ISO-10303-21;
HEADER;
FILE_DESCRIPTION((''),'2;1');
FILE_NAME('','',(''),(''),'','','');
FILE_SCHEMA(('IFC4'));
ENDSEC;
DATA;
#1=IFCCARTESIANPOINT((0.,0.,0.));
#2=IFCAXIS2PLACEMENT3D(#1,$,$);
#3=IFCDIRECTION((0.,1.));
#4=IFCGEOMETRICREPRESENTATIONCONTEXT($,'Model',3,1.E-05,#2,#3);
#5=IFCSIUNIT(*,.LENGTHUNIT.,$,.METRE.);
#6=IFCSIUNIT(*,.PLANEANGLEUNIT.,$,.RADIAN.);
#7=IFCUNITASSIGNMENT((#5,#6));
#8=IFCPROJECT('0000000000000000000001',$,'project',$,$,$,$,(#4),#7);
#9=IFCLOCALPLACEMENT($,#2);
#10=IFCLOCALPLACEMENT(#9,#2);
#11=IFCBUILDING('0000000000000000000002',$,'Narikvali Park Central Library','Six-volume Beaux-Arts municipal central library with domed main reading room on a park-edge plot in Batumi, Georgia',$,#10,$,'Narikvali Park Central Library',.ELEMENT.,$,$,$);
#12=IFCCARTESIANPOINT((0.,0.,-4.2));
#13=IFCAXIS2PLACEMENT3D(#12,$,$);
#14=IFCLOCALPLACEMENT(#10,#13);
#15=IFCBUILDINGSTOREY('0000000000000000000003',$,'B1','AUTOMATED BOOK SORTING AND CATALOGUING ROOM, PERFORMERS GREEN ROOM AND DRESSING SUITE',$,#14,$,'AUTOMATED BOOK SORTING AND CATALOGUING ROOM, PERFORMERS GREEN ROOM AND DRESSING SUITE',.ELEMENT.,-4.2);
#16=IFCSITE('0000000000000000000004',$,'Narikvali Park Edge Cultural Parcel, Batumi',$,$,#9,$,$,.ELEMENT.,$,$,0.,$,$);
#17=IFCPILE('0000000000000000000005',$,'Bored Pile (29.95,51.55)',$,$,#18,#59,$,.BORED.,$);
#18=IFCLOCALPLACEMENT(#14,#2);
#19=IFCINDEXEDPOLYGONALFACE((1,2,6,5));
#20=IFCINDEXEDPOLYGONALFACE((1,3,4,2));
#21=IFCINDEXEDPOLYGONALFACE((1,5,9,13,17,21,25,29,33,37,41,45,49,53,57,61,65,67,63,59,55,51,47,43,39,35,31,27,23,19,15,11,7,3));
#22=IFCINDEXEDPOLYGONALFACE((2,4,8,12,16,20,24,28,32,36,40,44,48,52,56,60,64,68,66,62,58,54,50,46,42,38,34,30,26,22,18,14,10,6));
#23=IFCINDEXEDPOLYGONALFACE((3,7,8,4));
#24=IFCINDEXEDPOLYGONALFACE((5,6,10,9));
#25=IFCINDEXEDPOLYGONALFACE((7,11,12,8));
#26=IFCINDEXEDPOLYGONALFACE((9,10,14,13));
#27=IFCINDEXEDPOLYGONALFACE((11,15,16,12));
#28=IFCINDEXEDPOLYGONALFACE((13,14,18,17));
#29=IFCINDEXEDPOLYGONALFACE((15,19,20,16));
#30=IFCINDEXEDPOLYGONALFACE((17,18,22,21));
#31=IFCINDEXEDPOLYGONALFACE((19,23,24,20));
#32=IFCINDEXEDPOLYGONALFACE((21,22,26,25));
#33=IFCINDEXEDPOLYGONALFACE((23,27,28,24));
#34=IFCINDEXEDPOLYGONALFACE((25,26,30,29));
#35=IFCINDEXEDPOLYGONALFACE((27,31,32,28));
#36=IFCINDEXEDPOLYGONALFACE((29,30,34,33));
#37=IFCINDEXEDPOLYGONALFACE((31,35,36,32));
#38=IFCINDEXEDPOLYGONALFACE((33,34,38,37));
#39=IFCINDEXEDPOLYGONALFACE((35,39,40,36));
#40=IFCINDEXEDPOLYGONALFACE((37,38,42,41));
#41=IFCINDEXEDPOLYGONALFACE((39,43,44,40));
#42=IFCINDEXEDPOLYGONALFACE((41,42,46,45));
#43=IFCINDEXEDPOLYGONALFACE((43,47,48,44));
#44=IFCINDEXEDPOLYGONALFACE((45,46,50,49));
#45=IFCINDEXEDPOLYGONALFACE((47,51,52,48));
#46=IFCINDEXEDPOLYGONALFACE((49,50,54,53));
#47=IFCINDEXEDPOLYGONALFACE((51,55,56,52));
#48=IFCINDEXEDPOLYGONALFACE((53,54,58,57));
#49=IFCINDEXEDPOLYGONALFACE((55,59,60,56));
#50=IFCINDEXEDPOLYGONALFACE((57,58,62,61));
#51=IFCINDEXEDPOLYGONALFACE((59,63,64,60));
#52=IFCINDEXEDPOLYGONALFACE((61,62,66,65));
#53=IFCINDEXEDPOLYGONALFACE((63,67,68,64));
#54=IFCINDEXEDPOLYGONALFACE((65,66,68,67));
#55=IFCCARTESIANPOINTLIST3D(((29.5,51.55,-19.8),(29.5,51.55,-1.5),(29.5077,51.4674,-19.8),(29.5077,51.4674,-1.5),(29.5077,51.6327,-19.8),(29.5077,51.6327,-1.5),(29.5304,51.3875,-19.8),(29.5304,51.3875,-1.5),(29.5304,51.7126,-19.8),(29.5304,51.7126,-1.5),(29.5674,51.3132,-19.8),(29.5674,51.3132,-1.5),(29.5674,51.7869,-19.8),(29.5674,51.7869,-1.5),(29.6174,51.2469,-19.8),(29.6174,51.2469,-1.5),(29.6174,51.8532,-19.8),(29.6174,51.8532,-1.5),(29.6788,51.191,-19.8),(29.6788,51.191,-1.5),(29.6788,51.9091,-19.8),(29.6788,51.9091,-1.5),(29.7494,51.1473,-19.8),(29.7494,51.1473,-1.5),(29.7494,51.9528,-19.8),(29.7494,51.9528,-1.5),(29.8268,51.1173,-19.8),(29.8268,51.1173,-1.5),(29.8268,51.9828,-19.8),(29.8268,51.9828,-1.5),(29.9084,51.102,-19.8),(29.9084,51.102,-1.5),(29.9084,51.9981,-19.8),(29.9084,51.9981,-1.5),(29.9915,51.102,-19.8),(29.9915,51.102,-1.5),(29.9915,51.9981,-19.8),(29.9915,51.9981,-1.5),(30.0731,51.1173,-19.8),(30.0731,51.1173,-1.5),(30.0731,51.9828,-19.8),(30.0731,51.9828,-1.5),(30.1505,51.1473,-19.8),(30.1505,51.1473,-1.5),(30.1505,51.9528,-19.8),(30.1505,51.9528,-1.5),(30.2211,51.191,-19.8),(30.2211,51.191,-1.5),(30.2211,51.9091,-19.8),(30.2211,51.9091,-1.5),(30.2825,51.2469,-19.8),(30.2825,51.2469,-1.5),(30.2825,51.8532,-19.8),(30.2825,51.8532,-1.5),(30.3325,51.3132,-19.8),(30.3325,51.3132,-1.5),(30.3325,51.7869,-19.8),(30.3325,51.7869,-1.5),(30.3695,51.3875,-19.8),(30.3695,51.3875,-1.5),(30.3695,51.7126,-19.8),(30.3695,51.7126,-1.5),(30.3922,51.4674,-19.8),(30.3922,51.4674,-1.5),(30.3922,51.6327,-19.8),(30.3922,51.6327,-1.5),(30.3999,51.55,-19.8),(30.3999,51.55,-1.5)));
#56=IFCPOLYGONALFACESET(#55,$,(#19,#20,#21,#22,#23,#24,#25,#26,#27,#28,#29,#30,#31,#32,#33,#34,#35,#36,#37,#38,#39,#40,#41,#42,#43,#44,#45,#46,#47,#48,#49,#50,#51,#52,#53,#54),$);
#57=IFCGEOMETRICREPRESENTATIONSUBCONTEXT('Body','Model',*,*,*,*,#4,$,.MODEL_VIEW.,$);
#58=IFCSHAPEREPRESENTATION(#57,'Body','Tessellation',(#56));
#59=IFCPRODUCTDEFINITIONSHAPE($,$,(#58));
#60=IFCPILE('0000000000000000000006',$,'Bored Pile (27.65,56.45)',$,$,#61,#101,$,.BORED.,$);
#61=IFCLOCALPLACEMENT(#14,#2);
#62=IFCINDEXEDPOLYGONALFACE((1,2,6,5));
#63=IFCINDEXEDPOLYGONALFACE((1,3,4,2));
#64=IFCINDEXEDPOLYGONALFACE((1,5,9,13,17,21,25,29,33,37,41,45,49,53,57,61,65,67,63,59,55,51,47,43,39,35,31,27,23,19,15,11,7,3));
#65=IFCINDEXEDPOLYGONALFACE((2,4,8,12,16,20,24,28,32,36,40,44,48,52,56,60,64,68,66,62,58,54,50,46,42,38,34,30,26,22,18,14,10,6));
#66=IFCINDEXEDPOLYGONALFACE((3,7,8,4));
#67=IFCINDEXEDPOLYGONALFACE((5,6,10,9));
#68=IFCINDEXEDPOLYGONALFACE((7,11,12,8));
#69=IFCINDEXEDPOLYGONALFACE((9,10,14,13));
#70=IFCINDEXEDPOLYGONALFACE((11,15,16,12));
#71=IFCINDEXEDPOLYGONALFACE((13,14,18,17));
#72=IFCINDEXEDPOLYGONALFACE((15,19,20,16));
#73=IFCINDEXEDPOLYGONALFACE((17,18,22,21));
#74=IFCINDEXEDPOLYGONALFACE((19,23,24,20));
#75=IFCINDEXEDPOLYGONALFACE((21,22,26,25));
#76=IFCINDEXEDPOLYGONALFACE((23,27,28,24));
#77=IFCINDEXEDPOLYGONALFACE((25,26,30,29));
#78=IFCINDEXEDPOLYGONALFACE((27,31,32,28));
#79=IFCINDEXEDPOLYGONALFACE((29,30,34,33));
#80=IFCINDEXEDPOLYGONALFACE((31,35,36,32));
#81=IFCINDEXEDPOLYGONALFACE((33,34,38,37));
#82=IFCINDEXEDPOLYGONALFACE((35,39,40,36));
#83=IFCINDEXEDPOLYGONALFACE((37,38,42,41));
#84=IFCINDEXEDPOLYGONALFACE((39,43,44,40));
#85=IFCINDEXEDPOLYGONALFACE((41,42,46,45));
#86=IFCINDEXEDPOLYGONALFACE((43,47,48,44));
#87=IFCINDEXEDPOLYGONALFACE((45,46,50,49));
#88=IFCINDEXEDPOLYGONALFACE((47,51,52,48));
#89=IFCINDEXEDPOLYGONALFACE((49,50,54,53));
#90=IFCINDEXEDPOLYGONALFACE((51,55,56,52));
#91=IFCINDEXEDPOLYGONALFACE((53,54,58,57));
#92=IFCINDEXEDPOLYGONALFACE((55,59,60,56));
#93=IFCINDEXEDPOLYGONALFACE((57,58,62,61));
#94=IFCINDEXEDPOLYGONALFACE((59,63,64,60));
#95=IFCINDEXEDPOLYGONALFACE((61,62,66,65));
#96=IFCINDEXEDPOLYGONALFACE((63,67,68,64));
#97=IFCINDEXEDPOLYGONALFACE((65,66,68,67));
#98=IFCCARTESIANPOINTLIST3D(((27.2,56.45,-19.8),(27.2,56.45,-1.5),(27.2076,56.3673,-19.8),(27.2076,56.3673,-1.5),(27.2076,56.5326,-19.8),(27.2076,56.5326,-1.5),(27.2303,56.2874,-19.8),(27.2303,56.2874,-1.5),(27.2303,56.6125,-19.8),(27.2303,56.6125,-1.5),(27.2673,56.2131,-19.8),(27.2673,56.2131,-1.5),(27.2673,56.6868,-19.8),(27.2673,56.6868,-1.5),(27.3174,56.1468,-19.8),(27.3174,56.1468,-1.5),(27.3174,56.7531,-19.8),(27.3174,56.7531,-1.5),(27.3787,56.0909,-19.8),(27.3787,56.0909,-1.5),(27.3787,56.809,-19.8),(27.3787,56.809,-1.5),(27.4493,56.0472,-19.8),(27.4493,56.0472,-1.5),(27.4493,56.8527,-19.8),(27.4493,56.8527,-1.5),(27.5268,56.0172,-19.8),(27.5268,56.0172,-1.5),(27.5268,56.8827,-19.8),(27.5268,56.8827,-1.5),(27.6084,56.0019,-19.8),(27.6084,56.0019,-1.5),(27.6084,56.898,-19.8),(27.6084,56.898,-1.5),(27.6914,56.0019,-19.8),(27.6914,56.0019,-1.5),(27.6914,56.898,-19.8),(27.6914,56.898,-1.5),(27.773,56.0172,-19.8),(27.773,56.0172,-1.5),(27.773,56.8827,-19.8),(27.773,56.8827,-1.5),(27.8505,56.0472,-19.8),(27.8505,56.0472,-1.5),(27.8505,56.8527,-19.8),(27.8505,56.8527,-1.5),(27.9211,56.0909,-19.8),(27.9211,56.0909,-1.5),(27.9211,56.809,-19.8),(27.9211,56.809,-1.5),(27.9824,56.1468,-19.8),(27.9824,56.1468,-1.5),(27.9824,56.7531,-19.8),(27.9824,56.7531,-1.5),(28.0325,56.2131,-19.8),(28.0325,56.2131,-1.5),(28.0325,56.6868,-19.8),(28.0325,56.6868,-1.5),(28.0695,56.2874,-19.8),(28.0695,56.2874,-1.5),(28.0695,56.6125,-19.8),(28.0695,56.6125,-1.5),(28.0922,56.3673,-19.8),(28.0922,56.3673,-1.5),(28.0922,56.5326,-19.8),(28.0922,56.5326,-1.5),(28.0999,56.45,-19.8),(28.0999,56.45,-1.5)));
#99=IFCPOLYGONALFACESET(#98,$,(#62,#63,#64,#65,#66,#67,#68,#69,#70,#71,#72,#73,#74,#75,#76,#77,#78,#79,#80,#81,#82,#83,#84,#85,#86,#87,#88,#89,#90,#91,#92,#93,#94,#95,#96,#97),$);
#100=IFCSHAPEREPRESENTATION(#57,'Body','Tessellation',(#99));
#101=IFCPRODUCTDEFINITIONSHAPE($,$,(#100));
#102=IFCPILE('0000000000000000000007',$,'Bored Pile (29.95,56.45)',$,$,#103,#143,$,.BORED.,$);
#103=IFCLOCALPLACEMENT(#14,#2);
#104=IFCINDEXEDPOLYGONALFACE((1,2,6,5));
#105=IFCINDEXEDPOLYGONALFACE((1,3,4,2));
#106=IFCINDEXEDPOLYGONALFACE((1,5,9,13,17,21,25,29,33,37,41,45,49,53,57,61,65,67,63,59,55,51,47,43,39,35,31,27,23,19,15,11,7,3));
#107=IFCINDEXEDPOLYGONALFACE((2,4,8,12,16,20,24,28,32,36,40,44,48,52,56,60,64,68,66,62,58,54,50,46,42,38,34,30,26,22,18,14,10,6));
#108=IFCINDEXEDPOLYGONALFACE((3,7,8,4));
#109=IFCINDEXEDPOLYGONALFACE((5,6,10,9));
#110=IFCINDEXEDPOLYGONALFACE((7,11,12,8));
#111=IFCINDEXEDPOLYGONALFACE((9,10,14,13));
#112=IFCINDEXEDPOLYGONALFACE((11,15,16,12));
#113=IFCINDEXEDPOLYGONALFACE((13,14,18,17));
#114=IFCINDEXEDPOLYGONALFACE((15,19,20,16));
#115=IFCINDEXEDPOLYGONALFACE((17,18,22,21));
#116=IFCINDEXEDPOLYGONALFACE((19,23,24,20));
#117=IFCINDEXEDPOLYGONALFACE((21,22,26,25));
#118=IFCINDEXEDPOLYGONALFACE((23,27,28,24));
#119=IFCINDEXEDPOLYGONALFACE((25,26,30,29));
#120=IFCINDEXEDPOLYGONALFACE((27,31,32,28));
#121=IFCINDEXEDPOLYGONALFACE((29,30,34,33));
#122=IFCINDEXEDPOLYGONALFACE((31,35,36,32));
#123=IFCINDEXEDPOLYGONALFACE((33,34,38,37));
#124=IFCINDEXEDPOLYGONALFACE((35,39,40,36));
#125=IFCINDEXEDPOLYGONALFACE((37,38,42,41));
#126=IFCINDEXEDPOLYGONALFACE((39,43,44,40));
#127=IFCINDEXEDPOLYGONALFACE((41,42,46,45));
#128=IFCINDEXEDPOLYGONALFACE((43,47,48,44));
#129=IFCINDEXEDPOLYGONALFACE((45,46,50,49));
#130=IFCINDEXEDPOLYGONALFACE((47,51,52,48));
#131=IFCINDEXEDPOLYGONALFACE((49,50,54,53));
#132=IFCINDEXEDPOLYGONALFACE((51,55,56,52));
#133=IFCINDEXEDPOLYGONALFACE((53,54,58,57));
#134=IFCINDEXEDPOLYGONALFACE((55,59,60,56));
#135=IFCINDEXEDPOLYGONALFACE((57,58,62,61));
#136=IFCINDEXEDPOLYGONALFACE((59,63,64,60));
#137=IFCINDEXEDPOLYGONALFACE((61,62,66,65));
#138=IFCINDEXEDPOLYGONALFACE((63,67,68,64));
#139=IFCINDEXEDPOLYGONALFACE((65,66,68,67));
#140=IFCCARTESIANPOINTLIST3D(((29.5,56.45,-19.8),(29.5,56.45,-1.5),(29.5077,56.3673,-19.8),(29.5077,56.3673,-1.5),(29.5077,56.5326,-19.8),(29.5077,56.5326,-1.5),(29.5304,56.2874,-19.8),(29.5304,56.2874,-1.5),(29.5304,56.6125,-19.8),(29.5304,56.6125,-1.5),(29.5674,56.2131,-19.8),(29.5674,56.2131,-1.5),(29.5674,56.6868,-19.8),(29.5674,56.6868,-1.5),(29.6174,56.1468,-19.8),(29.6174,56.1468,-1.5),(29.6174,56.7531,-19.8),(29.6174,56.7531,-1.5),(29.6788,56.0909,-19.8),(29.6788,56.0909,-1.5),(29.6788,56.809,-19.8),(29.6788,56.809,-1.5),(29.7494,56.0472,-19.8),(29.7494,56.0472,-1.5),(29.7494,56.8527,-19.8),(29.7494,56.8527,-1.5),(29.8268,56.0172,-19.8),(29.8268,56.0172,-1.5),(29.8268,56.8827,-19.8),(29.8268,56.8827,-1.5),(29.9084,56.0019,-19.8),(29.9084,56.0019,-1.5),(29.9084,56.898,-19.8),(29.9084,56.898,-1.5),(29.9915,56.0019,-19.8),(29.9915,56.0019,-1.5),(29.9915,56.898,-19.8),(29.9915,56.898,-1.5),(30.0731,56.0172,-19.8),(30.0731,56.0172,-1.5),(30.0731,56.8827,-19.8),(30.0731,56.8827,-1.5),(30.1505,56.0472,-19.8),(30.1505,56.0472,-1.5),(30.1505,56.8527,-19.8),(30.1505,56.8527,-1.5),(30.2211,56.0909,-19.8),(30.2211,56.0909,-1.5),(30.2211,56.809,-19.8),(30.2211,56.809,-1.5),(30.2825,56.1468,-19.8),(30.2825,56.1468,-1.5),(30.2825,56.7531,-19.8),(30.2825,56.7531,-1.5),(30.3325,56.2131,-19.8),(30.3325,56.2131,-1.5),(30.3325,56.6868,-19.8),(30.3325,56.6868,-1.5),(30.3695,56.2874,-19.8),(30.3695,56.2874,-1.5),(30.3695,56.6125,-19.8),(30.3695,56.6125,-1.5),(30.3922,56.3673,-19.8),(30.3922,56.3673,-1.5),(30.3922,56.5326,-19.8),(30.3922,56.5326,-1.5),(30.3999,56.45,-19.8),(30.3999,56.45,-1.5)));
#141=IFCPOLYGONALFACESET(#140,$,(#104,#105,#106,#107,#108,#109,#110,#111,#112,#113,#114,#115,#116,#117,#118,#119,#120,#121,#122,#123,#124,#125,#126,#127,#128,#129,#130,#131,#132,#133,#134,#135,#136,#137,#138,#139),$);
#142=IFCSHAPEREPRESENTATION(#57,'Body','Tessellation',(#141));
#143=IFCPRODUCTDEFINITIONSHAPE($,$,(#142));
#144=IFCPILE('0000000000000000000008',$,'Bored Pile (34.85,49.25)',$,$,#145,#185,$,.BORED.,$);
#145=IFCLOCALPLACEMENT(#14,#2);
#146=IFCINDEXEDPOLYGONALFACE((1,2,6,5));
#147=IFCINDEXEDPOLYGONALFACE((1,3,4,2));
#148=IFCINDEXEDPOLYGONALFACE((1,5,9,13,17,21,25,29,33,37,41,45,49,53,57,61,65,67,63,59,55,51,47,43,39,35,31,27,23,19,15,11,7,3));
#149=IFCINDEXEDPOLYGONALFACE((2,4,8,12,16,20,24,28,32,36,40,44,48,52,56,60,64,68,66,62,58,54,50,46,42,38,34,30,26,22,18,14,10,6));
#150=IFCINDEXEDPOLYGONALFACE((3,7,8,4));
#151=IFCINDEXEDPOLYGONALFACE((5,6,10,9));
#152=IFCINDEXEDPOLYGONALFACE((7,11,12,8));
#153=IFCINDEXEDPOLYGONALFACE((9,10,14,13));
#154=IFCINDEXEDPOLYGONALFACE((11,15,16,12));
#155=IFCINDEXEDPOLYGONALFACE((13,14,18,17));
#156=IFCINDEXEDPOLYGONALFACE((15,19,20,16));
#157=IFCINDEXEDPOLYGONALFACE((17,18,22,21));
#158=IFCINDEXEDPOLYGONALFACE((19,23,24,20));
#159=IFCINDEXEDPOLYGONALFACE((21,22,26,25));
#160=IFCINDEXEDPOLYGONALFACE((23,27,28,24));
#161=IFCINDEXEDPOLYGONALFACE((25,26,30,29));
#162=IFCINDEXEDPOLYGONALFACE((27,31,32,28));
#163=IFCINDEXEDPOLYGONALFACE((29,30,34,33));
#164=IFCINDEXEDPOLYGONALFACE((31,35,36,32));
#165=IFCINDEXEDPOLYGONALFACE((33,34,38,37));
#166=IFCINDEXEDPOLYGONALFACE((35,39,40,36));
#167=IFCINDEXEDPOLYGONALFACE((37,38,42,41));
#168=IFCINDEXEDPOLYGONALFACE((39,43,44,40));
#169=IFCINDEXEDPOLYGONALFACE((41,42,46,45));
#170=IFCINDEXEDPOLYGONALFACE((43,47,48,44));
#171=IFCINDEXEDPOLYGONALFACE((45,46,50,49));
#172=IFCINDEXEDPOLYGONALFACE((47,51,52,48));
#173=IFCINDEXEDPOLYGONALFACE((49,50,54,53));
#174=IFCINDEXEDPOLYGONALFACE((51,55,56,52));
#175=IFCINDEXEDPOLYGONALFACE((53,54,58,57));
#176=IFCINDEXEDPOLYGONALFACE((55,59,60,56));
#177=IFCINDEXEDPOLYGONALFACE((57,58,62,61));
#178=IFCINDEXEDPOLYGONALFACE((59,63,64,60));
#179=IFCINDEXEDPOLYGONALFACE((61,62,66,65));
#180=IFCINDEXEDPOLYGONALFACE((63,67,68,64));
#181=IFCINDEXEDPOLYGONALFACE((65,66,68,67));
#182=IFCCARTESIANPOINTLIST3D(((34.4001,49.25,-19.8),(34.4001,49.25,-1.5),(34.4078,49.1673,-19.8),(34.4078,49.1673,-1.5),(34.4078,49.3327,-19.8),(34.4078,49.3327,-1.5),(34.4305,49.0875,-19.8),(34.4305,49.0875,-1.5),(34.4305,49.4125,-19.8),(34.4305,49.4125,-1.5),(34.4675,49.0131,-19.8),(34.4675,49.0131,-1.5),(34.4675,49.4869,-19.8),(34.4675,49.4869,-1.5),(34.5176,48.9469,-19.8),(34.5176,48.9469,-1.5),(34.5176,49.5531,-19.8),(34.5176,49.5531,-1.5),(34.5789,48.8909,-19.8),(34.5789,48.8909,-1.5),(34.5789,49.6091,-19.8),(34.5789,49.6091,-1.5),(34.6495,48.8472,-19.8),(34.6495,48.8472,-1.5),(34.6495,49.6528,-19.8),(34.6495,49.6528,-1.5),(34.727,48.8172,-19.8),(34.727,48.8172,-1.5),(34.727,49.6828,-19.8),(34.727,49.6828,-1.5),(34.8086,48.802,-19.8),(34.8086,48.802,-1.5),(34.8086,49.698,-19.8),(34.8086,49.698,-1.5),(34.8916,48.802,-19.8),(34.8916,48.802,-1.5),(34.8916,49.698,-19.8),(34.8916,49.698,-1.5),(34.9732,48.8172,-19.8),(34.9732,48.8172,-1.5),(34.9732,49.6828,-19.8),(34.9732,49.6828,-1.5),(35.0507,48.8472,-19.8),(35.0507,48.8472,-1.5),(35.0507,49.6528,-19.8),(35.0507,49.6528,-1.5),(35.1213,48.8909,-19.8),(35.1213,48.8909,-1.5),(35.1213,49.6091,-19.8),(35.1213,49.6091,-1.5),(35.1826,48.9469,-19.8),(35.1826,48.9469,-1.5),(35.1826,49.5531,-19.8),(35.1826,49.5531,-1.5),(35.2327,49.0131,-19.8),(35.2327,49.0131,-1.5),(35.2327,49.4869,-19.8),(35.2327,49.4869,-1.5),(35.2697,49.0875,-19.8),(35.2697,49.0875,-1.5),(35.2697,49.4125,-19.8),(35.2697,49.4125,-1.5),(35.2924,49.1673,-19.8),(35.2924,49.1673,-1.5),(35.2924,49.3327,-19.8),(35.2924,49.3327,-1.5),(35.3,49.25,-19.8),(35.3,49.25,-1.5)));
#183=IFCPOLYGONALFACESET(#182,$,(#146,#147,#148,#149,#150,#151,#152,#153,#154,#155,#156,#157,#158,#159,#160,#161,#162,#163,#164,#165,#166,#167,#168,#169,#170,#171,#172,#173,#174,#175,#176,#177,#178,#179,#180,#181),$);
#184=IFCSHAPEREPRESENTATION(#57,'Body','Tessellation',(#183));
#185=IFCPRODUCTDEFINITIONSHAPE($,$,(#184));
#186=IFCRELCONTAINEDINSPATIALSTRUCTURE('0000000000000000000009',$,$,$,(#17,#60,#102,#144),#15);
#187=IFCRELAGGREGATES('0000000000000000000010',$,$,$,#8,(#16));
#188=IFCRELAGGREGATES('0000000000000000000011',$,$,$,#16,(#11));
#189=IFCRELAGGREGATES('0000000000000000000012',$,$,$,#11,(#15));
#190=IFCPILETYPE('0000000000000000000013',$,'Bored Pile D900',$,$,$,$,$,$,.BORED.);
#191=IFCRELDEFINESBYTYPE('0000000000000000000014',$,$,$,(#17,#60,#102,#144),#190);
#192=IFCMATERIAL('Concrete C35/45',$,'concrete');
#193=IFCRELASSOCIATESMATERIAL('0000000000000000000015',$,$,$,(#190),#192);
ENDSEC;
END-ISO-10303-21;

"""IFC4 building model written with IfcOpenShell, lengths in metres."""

from ifc_helpers import new_model, si_unit, direction, frame, origin, origin_2d, place, context, subcontext, project, spatial, circle, extrude, material, material_profile, profile_set, type_object, element, save


model = new_model("IFC4")

# Units and contexts
model_context = context("Model", 3, precision=1e-05, world=origin(), true_north=direction((0.0, 1.0)))
body_context = subcontext(model_context, "Body", "Model", "MODEL_VIEW")
ifc_project = project(units=[si_unit("LENGTHUNIT", "METRE"), si_unit("PLANEANGLEUNIT", "RADIAN")], contexts=[model_context])

# Site, building, storey
site_placement = place(None, origin())
site = spatial("IfcSite", under=ifc_project, at=site_placement, Name="Narikvali Park Edge Cultural Parcel, Batumi", CompositionType="ELEMENT", RefElevation=0.0)
building_placement = place(site_placement, origin())
building = spatial("IfcBuilding", under=site, at=building_placement, Name="Narikvali Park Central Library", Description="Six-volume Beaux-Arts municipal central library with domed main reading room on a park-edge plot in Batumi, Georgia", LongName="Narikvali Park Central Library", CompositionType="ELEMENT")
storey_placement = place(building_placement, frame((0.0, 0.0, -4.2)))
storey = spatial("IfcBuildingStorey", under=building, at=storey_placement, Name="B1", Description="AUTOMATED BOOK SORTING AND CATALOGUING ROOM, PERFORMERS GREEN ROOM AND DRESSING SUITE", LongName="AUTOMATED BOOK SORTING AND CATALOGUING ROOM, PERFORMERS GREEN ROOM AND DRESSING SUITE", CompositionType="ELEMENT", Elevation=-4.2)

# Piles
ifc_material_1 = material(Name="Concrete C35/45", Category="concrete")
ifc_material_profile_1 = material_profile(ifc_material_1, circle(Radius=0.45, at=origin_2d()), Name="PILE D900")
ifc_profile_set_1 = profile_set([ifc_material_profile_1], Name="Concrete C35/45")
pile_type_1 = type_object("IfcPileType", Name="Bored Pile D900", PredefinedType="BORED", material=ifc_profile_set_1)
for number, where, z_axis, x_axis, name in (
    (1, (29.95, 51.55, -1.5), (0.0, 0.0, -1.0), (1.0, 0.0, 0.0), "Bored Pile (29.95,51.55)"),
    (2, (27.6499, 56.45, -1.5), (0.0, 0.0, -1.0), (1.0, 0.0, 0.0), "Bored Pile (27.65,56.45)"),
    (3, (29.95, 56.45, -1.5), (0.0, 0.0, -1.0), (1.0, 0.0, 0.0), "Bored Pile (29.95,56.45)"),
    (4, (34.8501, 49.25, -1.5), (0.0, 0.0, -1.0), (1.0, 0.0, 0.0), "Bored Pile (34.85,49.25)"),
):
    element("IfcPile", number, at=place(storey_placement, frame(where, z_axis=z_axis, x_axis=x_axis)), inside=storey, type_object=pile_type_1, Name=name, PredefinedType="BORED", context=body_context, shape_type="SweptSolid", body=[
        extrude(circle(Radius=0.45, at=origin_2d()), origin(), (0.0, 0.0, 1.0), 18.3),
    ])

save(model, "model.ifc")
